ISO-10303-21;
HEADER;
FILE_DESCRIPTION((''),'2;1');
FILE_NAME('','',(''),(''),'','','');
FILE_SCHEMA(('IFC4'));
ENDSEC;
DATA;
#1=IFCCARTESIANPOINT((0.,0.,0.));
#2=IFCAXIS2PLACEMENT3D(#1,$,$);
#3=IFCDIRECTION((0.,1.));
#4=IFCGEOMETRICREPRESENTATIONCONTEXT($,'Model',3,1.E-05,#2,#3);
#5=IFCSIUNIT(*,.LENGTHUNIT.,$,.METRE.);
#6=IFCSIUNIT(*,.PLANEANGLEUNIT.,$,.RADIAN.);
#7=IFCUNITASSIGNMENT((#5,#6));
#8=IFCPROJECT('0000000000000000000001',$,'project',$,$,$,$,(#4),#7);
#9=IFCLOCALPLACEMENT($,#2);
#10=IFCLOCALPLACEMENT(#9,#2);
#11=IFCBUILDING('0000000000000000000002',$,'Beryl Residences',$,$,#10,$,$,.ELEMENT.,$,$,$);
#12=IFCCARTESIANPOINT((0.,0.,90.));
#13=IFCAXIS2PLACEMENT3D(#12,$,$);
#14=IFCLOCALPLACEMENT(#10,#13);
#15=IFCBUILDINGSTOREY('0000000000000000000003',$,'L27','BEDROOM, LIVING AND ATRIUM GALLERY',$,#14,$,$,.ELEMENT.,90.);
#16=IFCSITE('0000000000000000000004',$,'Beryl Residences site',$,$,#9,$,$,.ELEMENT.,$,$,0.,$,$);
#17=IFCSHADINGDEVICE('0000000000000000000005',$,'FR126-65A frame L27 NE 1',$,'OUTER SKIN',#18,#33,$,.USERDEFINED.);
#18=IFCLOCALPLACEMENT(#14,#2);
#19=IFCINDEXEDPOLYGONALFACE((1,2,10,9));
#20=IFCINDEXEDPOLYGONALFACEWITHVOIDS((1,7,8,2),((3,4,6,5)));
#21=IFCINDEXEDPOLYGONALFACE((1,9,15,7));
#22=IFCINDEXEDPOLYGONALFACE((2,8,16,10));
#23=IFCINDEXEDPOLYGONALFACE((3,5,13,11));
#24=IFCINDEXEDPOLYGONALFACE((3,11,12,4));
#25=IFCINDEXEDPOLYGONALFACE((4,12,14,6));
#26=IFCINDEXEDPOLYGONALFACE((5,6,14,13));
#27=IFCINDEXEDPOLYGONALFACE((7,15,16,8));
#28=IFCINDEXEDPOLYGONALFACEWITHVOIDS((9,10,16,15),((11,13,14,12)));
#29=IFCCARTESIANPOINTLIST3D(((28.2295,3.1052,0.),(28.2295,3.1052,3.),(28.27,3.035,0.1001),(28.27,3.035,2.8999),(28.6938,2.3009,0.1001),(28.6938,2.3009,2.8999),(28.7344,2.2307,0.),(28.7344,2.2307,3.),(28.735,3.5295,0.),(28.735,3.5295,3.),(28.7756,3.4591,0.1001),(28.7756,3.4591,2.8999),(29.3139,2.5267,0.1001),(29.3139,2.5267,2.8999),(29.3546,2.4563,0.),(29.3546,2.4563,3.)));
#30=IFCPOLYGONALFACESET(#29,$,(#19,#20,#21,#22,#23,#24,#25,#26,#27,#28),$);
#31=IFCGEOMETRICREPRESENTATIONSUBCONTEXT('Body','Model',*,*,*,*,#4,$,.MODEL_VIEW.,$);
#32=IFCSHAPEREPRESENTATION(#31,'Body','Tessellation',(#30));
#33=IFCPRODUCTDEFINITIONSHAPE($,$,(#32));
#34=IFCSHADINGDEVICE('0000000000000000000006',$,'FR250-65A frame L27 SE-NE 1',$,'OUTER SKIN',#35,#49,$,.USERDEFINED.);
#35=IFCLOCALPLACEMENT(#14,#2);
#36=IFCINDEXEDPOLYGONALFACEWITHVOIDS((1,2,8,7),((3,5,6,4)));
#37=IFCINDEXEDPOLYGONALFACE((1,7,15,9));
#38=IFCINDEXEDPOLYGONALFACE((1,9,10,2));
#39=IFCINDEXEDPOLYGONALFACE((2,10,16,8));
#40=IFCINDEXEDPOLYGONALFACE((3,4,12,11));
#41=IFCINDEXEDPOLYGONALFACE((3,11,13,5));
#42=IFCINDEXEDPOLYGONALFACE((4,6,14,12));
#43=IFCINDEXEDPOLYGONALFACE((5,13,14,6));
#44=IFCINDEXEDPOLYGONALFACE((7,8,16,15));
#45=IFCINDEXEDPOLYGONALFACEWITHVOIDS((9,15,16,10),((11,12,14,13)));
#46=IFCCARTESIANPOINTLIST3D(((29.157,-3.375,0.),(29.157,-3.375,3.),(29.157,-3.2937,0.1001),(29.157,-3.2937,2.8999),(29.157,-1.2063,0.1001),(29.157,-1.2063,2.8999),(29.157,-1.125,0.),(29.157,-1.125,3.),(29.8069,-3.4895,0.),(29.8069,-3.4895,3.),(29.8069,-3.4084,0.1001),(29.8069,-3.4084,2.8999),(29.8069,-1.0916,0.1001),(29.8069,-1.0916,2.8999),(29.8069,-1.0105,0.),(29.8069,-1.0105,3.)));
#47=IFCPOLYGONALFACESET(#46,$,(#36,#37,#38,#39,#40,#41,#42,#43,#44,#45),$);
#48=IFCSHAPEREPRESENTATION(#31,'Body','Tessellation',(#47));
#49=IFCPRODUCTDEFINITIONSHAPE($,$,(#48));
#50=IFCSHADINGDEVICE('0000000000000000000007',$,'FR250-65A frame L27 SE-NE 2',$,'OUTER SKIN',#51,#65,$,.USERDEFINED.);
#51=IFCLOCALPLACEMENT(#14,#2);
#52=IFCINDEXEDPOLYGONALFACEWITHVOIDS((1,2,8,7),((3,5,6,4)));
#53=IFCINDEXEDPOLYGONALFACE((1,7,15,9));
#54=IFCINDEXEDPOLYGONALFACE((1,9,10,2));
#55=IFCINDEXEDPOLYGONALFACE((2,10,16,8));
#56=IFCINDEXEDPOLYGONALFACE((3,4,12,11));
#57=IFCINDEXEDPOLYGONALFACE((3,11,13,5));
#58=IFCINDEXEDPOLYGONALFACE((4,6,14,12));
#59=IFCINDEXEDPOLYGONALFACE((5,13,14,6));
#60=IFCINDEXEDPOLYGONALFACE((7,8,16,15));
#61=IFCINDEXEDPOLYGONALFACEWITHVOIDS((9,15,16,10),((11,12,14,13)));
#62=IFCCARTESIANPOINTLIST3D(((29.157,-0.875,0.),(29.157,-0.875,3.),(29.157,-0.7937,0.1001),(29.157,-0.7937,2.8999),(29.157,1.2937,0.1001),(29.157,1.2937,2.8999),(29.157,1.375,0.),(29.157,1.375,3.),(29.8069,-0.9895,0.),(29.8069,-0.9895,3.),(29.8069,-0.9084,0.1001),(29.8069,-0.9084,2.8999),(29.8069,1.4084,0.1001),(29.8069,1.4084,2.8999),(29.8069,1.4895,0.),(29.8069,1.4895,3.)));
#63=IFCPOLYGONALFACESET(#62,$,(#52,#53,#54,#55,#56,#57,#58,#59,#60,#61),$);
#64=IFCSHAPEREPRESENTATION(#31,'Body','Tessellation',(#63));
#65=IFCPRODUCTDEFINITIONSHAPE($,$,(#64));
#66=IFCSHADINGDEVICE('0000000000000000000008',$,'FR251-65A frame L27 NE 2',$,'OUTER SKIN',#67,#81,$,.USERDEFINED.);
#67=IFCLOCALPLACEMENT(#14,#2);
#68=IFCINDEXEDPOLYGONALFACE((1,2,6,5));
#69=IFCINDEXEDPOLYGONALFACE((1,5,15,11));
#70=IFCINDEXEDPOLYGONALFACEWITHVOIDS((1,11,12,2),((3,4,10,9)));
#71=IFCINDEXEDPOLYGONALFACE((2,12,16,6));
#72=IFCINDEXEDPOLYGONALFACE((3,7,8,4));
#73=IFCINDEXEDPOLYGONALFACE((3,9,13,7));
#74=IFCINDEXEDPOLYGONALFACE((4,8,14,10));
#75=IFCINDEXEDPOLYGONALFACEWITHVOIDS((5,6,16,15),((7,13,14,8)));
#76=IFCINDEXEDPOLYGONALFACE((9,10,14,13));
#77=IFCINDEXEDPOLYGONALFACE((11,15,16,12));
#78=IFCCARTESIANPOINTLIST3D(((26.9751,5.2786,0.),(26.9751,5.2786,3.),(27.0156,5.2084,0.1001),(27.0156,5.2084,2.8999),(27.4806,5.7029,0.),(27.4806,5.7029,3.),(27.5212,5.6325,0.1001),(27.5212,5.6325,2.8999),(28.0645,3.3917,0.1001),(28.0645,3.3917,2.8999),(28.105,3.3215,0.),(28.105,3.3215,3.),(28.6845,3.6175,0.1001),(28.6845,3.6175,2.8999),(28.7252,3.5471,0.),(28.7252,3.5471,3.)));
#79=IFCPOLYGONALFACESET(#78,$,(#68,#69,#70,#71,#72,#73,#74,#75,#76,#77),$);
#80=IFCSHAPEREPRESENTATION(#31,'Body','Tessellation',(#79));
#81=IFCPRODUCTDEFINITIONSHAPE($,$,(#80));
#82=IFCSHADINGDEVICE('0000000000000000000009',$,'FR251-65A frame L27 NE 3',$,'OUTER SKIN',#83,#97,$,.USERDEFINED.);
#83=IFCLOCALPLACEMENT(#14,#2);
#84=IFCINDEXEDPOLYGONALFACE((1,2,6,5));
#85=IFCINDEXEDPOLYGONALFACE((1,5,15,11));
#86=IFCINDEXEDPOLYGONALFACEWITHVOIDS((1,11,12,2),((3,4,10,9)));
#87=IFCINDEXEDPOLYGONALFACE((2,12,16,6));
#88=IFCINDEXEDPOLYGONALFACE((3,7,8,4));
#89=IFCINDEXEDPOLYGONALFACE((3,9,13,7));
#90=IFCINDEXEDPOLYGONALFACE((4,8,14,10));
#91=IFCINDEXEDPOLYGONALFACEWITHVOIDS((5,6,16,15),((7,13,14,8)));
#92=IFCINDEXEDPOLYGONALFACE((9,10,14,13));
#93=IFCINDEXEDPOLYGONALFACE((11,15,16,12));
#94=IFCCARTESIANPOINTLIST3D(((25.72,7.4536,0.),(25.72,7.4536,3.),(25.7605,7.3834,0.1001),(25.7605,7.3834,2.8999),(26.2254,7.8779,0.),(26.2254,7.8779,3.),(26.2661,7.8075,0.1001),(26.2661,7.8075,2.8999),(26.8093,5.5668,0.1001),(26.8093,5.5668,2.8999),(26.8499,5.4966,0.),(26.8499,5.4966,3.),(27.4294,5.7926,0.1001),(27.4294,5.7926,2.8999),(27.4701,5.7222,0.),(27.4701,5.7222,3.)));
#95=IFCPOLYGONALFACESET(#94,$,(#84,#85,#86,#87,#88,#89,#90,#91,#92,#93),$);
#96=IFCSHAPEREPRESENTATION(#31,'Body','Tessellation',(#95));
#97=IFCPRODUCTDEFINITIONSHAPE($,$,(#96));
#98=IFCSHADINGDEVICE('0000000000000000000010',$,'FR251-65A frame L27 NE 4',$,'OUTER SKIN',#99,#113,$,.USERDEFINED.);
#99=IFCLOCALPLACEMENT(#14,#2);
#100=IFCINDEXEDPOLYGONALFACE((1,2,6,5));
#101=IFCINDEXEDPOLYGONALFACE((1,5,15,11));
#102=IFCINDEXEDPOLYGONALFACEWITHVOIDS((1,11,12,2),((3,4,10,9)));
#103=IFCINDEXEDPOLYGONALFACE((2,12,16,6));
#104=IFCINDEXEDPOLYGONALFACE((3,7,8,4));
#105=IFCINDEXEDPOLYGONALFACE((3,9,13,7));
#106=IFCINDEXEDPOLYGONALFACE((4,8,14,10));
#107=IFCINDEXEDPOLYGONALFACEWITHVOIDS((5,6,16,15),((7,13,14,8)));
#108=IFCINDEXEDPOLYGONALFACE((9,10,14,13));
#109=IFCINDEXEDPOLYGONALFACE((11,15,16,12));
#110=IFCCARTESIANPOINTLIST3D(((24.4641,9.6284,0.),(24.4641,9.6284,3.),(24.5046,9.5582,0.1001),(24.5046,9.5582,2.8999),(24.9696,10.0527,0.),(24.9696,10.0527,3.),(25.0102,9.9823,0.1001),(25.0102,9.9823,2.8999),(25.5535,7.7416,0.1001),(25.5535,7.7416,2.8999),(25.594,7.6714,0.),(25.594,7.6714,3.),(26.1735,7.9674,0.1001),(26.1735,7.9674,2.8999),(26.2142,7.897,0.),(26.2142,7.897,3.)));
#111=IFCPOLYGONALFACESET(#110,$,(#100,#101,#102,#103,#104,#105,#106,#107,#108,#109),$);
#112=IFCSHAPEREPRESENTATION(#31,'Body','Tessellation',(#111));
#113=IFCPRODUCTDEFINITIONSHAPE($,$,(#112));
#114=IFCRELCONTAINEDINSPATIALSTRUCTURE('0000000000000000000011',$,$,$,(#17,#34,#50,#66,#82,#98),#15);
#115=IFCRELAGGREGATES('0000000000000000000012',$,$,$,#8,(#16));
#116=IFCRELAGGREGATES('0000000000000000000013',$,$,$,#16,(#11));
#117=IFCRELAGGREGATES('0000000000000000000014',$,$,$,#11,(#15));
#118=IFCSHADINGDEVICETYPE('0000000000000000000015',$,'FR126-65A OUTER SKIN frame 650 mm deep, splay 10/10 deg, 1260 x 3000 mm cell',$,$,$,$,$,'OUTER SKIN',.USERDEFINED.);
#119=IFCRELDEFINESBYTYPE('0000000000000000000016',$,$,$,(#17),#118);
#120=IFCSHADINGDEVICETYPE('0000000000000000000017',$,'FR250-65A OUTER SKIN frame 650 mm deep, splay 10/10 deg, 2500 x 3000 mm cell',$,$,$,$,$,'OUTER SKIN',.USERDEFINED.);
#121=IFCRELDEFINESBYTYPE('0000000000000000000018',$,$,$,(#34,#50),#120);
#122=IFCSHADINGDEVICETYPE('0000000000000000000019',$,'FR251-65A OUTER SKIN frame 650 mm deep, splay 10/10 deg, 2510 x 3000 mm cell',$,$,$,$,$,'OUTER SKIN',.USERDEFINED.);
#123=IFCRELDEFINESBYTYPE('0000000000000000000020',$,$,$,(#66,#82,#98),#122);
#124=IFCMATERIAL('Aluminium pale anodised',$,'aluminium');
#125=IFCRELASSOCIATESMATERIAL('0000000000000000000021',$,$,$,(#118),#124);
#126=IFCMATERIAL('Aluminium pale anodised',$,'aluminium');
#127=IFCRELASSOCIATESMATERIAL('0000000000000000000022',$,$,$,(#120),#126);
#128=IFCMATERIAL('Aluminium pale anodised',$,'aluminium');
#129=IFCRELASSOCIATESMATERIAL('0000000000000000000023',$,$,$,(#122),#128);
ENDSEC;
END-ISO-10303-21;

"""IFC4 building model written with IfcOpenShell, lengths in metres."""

from ifc_helpers import new_model, entity, si_unit, direction, frame, origin, place, context, subcontext, project, spatial, source, transform, mapped, material, type_object, type_shapes, element, save


model = new_model("IFC4")

# Units and contexts
model_context = context("Model", 3, precision=1e-05, world=origin(), true_north=direction((0.0, 1.0)))
body_context = subcontext(model_context, "Body", "Model", "MODEL_VIEW")
ifc_project = project(units=[si_unit("LENGTHUNIT", "METRE"), si_unit("PLANEANGLEUNIT", "RADIAN")], contexts=[model_context])

# Site, building, storey
site_placement = place(None, origin())
site = spatial("IfcSite", under=ifc_project, at=site_placement, Name="Beryl Residences site", CompositionType="ELEMENT", RefElevation=0.0)
building_placement = place(site_placement, origin())
building = spatial("IfcBuilding", under=site, at=building_placement, Name="Beryl Residences", CompositionType="ELEMENT")
storey_placement = place(building_placement, frame((0.0, 0.0, 90.0)))
storey = spatial("IfcBuildingStorey", under=building, at=storey_placement, Name="L27", Description="BEDROOM, LIVING AND ATRIUM GALLERY", CompositionType="ELEMENT", Elevation=90.0)

# Shading devices
ifc_material_1 = material(Name="Aluminium pale anodised", Category="aluminium")
shading_device_type_1 = type_object("IfcShadingDeviceType", Name="FR126-65A OUTER SKIN frame 650 mm deep, splay 10/10 deg, 1260 x 3000 mm cell", ElementType="OUTER SKIN", PredefinedType="USERDEFINED", material=ifc_material_1)
cartesian_point_1 = entity("IfcCartesianPoint", [-0.5049, 0.0])
cartesian_point_2 = entity("IfcCartesianPoint", [-0.4238, 0.1001])
cartesian_point_3 = entity("IfcCartesianPoint", [-0.6196, 0.0])
cartesian_point_4 = entity("IfcCartesianPoint", [-0.5383, 0.1001])
shared_shape_1 = source(origin(), body_context, "Body", "SweptSolid", [
    entity("IfcExtrudedAreaSolidTapered", entity("IfcArbitraryProfileDefWithVoids", "AREA", None, entity("IfcPolyline", [cartesian_point_1, entity("IfcCartesianPoint", [0.5049, 0.0]), entity("IfcCartesianPoint", [0.5049, 3.0]), entity("IfcCartesianPoint", [-0.5049, 3.0]), cartesian_point_1]), [entity("IfcPolyline", [cartesian_point_2, entity("IfcCartesianPoint", [0.4238, 0.1001]), entity("IfcCartesianPoint", [0.4238, 2.8999]), entity("IfcCartesianPoint", [-0.4238, 2.8999]), cartesian_point_2])]), entity("IfcAxis2Placement3D", entity("IfcCartesianPoint", [0.0, 0.0, 0.0]), entity("IfcDirection", [0.0, 1.0, 0.0]), entity("IfcDirection", [-1.0, 0.0, 0.0])), entity("IfcDirection", [0.0, 0.0, 1.0]), 0.6499, entity("IfcArbitraryProfileDefWithVoids", "AREA", None, entity("IfcPolyline", [cartesian_point_3, entity("IfcCartesianPoint", [0.6196, 0.0]), entity("IfcCartesianPoint", [0.6196, 3.0]), entity("IfcCartesianPoint", [-0.6196, 3.0]), cartesian_point_3]), [entity("IfcPolyline", [cartesian_point_4, entity("IfcCartesianPoint", [0.5383, 0.1001]), entity("IfcCartesianPoint", [0.5383, 2.8999]), entity("IfcCartesianPoint", [-0.5383, 2.8999]), cartesian_point_4])])),
])
type_shapes(shading_device_type_1, [shared_shape_1])
shading_device_placement = place(storey_placement, frame((28.4819, 2.668, 0.0), z_axis=(0.0, 0.0, 1.0), x_axis=(0.5, -0.866025, 0.0)))
element("IfcShadingDevice", 1, at=shading_device_placement, inside=storey, type_object=shading_device_type_1, Name="FR126-65A frame L27 NE 1", ObjectType="OUTER SKIN", PredefinedType="USERDEFINED", context=body_context, shape_type="MappedRepresentation", body=[
    mapped(shared_shape_1, transform((0.0, 0.0, 0.0))),
])
ifc_material_2 = material(Name="Aluminium pale anodised", Category="aluminium")
shading_device_type_2 = type_object("IfcShadingDeviceType", Name="FR250-65A OUTER SKIN frame 650 mm deep, splay 10/10 deg, 2500 x 3000 mm cell", ElementType="OUTER SKIN", PredefinedType="USERDEFINED", material=ifc_material_2)
cartesian_point_5 = entity("IfcCartesianPoint", [-1.125, 0.0])
cartesian_point_6 = entity("IfcCartesianPoint", [-1.0437, 0.1001])
cartesian_point_7 = entity("IfcCartesianPoint", [-1.2395, 0.0])
cartesian_point_8 = entity("IfcCartesianPoint", [-1.1584, 0.1001])
shared_shape_2 = source(origin(), body_context, "Body", "SweptSolid", [
    entity("IfcExtrudedAreaSolidTapered", entity("IfcArbitraryProfileDefWithVoids", "AREA", None, entity("IfcPolyline", [cartesian_point_5, entity("IfcCartesianPoint", [1.125, 0.0]), entity("IfcCartesianPoint", [1.125, 3.0]), entity("IfcCartesianPoint", [-1.125, 3.0]), cartesian_point_5]), [entity("IfcPolyline", [cartesian_point_6, entity("IfcCartesianPoint", [1.0437, 0.1001]), entity("IfcCartesianPoint", [1.0437, 2.8999]), entity("IfcCartesianPoint", [-1.0437, 2.8999]), cartesian_point_6])]), entity("IfcAxis2Placement3D", entity("IfcCartesianPoint", [0.0, 0.0, 0.0]), entity("IfcDirection", [0.0, 1.0, 0.0]), entity("IfcDirection", [-1.0, 0.0, 0.0])), entity("IfcDirection", [0.0, 0.0, 1.0]), 0.6499, entity("IfcArbitraryProfileDefWithVoids", "AREA", None, entity("IfcPolyline", [cartesian_point_7, entity("IfcCartesianPoint", [1.2395, 0.0]), entity("IfcCartesianPoint", [1.2395, 3.0]), entity("IfcCartesianPoint", [-1.2395, 3.0]), cartesian_point_7]), [entity("IfcPolyline", [cartesian_point_8, entity("IfcCartesianPoint", [1.1584, 0.1001]), entity("IfcCartesianPoint", [1.1584, 2.8999]), entity("IfcCartesianPoint", [-1.1584, 2.8999]), cartesian_point_8])])),
])
type_shapes(shading_device_type_2, [shared_shape_2])
for number, where, z_axis, x_axis, name in (
    (2, (29.157, -2.25, 0.0), (0.0, 0.0, 1.0), (0.0, -1.0, 0.0), "FR250-65A frame L27 SE-NE 1"),
    (3, (29.157, 0.25, 0.0), (0.0, 0.0, 1.0), (0.0, -1.0, 0.0), "FR250-65A frame L27 SE-NE 2"),
):
    element("IfcShadingDevice", number, at=place(storey_placement, frame(where, z_axis=z_axis, x_axis=x_axis)), inside=storey, type_object=shading_device_type_2, Name=name, ObjectType="OUTER SKIN", PredefinedType="USERDEFINED", context=body_context, shape_type="MappedRepresentation", body=[
        mapped(shared_shape_2, transform((0.0, 0.0, 0.0))),
    ])
ifc_material_3 = material(Name="Aluminium pale anodised", Category="aluminium")
shading_device_type_3 = type_object("IfcShadingDeviceType", Name="FR251-65A OUTER SKIN frame 650 mm deep, splay 10/10 deg, 2510 x 3000 mm cell", ElementType="OUTER SKIN", PredefinedType="USERDEFINED", material=ifc_material_3)
cartesian_point_9 = entity("IfcCartesianPoint", [-1.1299, 0.0])
cartesian_point_10 = entity("IfcCartesianPoint", [-1.0488, 0.1001])
cartesian_point_11 = entity("IfcCartesianPoint", [-1.2446, 0.0])
cartesian_point_12 = entity("IfcCartesianPoint", [-1.1633, 0.1001])
shared_shape_3 = source(origin(), body_context, "Body", "SweptSolid", [
    entity("IfcExtrudedAreaSolidTapered", entity("IfcArbitraryProfileDefWithVoids", "AREA", None, entity("IfcPolyline", [cartesian_point_9, entity("IfcCartesianPoint", [1.1299, 0.0]), entity("IfcCartesianPoint", [1.1299, 3.0]), entity("IfcCartesianPoint", [-1.1299, 3.0]), cartesian_point_9]), [entity("IfcPolyline", [cartesian_point_10, entity("IfcCartesianPoint", [1.0488, 0.1001]), entity("IfcCartesianPoint", [1.0488, 2.8999]), entity("IfcCartesianPoint", [-1.0488, 2.8999]), cartesian_point_10])]), entity("IfcAxis2Placement3D", entity("IfcCartesianPoint", [0.0, 0.0, 0.0]), entity("IfcDirection", [0.0, 1.0, 0.0]), entity("IfcDirection", [-1.0, 0.0, 0.0])), entity("IfcDirection", [0.0, 0.0, 1.0]), 0.6499, entity("IfcArbitraryProfileDefWithVoids", "AREA", None, entity("IfcPolyline", [cartesian_point_11, entity("IfcCartesianPoint", [1.2446, 0.0]), entity("IfcCartesianPoint", [1.2446, 3.0]), entity("IfcCartesianPoint", [-1.2446, 3.0]), cartesian_point_11]), [entity("IfcPolyline", [cartesian_point_12, entity("IfcCartesianPoint", [1.1633, 0.1001]), entity("IfcCartesianPoint", [1.1633, 2.8999]), entity("IfcCartesianPoint", [-1.1633, 2.8999]), cartesian_point_12])])),
])
type_shapes(shading_device_type_3, [shared_shape_3])
for number, where, z_axis, x_axis, name in (
    (4, (27.54, 4.3, 0.0), (0.0, 0.0, 1.0), (0.5, -0.866025, 0.0), "FR251-65A frame L27 NE 2"),
    (5, (26.2849, 6.4751, 0.0), (0.0, 0.0, 1.0), (0.5, -0.866025, 0.0), "FR251-65A frame L27 NE 3"),
    (6, (25.0291, 8.6499, 0.0), (0.0, 0.0, 1.0), (0.5, -0.866025, 0.0), "FR251-65A frame L27 NE 4"),
):
    element("IfcShadingDevice", number, at=place(storey_placement, frame(where, z_axis=z_axis, x_axis=x_axis)), inside=storey, type_object=shading_device_type_3, Name=name, ObjectType="OUTER SKIN", PredefinedType="USERDEFINED", context=body_context, shape_type="MappedRepresentation", body=[
        mapped(shared_shape_3, transform((0.0, 0.0, 0.0))),
    ])

save(model, "model.ifc")
